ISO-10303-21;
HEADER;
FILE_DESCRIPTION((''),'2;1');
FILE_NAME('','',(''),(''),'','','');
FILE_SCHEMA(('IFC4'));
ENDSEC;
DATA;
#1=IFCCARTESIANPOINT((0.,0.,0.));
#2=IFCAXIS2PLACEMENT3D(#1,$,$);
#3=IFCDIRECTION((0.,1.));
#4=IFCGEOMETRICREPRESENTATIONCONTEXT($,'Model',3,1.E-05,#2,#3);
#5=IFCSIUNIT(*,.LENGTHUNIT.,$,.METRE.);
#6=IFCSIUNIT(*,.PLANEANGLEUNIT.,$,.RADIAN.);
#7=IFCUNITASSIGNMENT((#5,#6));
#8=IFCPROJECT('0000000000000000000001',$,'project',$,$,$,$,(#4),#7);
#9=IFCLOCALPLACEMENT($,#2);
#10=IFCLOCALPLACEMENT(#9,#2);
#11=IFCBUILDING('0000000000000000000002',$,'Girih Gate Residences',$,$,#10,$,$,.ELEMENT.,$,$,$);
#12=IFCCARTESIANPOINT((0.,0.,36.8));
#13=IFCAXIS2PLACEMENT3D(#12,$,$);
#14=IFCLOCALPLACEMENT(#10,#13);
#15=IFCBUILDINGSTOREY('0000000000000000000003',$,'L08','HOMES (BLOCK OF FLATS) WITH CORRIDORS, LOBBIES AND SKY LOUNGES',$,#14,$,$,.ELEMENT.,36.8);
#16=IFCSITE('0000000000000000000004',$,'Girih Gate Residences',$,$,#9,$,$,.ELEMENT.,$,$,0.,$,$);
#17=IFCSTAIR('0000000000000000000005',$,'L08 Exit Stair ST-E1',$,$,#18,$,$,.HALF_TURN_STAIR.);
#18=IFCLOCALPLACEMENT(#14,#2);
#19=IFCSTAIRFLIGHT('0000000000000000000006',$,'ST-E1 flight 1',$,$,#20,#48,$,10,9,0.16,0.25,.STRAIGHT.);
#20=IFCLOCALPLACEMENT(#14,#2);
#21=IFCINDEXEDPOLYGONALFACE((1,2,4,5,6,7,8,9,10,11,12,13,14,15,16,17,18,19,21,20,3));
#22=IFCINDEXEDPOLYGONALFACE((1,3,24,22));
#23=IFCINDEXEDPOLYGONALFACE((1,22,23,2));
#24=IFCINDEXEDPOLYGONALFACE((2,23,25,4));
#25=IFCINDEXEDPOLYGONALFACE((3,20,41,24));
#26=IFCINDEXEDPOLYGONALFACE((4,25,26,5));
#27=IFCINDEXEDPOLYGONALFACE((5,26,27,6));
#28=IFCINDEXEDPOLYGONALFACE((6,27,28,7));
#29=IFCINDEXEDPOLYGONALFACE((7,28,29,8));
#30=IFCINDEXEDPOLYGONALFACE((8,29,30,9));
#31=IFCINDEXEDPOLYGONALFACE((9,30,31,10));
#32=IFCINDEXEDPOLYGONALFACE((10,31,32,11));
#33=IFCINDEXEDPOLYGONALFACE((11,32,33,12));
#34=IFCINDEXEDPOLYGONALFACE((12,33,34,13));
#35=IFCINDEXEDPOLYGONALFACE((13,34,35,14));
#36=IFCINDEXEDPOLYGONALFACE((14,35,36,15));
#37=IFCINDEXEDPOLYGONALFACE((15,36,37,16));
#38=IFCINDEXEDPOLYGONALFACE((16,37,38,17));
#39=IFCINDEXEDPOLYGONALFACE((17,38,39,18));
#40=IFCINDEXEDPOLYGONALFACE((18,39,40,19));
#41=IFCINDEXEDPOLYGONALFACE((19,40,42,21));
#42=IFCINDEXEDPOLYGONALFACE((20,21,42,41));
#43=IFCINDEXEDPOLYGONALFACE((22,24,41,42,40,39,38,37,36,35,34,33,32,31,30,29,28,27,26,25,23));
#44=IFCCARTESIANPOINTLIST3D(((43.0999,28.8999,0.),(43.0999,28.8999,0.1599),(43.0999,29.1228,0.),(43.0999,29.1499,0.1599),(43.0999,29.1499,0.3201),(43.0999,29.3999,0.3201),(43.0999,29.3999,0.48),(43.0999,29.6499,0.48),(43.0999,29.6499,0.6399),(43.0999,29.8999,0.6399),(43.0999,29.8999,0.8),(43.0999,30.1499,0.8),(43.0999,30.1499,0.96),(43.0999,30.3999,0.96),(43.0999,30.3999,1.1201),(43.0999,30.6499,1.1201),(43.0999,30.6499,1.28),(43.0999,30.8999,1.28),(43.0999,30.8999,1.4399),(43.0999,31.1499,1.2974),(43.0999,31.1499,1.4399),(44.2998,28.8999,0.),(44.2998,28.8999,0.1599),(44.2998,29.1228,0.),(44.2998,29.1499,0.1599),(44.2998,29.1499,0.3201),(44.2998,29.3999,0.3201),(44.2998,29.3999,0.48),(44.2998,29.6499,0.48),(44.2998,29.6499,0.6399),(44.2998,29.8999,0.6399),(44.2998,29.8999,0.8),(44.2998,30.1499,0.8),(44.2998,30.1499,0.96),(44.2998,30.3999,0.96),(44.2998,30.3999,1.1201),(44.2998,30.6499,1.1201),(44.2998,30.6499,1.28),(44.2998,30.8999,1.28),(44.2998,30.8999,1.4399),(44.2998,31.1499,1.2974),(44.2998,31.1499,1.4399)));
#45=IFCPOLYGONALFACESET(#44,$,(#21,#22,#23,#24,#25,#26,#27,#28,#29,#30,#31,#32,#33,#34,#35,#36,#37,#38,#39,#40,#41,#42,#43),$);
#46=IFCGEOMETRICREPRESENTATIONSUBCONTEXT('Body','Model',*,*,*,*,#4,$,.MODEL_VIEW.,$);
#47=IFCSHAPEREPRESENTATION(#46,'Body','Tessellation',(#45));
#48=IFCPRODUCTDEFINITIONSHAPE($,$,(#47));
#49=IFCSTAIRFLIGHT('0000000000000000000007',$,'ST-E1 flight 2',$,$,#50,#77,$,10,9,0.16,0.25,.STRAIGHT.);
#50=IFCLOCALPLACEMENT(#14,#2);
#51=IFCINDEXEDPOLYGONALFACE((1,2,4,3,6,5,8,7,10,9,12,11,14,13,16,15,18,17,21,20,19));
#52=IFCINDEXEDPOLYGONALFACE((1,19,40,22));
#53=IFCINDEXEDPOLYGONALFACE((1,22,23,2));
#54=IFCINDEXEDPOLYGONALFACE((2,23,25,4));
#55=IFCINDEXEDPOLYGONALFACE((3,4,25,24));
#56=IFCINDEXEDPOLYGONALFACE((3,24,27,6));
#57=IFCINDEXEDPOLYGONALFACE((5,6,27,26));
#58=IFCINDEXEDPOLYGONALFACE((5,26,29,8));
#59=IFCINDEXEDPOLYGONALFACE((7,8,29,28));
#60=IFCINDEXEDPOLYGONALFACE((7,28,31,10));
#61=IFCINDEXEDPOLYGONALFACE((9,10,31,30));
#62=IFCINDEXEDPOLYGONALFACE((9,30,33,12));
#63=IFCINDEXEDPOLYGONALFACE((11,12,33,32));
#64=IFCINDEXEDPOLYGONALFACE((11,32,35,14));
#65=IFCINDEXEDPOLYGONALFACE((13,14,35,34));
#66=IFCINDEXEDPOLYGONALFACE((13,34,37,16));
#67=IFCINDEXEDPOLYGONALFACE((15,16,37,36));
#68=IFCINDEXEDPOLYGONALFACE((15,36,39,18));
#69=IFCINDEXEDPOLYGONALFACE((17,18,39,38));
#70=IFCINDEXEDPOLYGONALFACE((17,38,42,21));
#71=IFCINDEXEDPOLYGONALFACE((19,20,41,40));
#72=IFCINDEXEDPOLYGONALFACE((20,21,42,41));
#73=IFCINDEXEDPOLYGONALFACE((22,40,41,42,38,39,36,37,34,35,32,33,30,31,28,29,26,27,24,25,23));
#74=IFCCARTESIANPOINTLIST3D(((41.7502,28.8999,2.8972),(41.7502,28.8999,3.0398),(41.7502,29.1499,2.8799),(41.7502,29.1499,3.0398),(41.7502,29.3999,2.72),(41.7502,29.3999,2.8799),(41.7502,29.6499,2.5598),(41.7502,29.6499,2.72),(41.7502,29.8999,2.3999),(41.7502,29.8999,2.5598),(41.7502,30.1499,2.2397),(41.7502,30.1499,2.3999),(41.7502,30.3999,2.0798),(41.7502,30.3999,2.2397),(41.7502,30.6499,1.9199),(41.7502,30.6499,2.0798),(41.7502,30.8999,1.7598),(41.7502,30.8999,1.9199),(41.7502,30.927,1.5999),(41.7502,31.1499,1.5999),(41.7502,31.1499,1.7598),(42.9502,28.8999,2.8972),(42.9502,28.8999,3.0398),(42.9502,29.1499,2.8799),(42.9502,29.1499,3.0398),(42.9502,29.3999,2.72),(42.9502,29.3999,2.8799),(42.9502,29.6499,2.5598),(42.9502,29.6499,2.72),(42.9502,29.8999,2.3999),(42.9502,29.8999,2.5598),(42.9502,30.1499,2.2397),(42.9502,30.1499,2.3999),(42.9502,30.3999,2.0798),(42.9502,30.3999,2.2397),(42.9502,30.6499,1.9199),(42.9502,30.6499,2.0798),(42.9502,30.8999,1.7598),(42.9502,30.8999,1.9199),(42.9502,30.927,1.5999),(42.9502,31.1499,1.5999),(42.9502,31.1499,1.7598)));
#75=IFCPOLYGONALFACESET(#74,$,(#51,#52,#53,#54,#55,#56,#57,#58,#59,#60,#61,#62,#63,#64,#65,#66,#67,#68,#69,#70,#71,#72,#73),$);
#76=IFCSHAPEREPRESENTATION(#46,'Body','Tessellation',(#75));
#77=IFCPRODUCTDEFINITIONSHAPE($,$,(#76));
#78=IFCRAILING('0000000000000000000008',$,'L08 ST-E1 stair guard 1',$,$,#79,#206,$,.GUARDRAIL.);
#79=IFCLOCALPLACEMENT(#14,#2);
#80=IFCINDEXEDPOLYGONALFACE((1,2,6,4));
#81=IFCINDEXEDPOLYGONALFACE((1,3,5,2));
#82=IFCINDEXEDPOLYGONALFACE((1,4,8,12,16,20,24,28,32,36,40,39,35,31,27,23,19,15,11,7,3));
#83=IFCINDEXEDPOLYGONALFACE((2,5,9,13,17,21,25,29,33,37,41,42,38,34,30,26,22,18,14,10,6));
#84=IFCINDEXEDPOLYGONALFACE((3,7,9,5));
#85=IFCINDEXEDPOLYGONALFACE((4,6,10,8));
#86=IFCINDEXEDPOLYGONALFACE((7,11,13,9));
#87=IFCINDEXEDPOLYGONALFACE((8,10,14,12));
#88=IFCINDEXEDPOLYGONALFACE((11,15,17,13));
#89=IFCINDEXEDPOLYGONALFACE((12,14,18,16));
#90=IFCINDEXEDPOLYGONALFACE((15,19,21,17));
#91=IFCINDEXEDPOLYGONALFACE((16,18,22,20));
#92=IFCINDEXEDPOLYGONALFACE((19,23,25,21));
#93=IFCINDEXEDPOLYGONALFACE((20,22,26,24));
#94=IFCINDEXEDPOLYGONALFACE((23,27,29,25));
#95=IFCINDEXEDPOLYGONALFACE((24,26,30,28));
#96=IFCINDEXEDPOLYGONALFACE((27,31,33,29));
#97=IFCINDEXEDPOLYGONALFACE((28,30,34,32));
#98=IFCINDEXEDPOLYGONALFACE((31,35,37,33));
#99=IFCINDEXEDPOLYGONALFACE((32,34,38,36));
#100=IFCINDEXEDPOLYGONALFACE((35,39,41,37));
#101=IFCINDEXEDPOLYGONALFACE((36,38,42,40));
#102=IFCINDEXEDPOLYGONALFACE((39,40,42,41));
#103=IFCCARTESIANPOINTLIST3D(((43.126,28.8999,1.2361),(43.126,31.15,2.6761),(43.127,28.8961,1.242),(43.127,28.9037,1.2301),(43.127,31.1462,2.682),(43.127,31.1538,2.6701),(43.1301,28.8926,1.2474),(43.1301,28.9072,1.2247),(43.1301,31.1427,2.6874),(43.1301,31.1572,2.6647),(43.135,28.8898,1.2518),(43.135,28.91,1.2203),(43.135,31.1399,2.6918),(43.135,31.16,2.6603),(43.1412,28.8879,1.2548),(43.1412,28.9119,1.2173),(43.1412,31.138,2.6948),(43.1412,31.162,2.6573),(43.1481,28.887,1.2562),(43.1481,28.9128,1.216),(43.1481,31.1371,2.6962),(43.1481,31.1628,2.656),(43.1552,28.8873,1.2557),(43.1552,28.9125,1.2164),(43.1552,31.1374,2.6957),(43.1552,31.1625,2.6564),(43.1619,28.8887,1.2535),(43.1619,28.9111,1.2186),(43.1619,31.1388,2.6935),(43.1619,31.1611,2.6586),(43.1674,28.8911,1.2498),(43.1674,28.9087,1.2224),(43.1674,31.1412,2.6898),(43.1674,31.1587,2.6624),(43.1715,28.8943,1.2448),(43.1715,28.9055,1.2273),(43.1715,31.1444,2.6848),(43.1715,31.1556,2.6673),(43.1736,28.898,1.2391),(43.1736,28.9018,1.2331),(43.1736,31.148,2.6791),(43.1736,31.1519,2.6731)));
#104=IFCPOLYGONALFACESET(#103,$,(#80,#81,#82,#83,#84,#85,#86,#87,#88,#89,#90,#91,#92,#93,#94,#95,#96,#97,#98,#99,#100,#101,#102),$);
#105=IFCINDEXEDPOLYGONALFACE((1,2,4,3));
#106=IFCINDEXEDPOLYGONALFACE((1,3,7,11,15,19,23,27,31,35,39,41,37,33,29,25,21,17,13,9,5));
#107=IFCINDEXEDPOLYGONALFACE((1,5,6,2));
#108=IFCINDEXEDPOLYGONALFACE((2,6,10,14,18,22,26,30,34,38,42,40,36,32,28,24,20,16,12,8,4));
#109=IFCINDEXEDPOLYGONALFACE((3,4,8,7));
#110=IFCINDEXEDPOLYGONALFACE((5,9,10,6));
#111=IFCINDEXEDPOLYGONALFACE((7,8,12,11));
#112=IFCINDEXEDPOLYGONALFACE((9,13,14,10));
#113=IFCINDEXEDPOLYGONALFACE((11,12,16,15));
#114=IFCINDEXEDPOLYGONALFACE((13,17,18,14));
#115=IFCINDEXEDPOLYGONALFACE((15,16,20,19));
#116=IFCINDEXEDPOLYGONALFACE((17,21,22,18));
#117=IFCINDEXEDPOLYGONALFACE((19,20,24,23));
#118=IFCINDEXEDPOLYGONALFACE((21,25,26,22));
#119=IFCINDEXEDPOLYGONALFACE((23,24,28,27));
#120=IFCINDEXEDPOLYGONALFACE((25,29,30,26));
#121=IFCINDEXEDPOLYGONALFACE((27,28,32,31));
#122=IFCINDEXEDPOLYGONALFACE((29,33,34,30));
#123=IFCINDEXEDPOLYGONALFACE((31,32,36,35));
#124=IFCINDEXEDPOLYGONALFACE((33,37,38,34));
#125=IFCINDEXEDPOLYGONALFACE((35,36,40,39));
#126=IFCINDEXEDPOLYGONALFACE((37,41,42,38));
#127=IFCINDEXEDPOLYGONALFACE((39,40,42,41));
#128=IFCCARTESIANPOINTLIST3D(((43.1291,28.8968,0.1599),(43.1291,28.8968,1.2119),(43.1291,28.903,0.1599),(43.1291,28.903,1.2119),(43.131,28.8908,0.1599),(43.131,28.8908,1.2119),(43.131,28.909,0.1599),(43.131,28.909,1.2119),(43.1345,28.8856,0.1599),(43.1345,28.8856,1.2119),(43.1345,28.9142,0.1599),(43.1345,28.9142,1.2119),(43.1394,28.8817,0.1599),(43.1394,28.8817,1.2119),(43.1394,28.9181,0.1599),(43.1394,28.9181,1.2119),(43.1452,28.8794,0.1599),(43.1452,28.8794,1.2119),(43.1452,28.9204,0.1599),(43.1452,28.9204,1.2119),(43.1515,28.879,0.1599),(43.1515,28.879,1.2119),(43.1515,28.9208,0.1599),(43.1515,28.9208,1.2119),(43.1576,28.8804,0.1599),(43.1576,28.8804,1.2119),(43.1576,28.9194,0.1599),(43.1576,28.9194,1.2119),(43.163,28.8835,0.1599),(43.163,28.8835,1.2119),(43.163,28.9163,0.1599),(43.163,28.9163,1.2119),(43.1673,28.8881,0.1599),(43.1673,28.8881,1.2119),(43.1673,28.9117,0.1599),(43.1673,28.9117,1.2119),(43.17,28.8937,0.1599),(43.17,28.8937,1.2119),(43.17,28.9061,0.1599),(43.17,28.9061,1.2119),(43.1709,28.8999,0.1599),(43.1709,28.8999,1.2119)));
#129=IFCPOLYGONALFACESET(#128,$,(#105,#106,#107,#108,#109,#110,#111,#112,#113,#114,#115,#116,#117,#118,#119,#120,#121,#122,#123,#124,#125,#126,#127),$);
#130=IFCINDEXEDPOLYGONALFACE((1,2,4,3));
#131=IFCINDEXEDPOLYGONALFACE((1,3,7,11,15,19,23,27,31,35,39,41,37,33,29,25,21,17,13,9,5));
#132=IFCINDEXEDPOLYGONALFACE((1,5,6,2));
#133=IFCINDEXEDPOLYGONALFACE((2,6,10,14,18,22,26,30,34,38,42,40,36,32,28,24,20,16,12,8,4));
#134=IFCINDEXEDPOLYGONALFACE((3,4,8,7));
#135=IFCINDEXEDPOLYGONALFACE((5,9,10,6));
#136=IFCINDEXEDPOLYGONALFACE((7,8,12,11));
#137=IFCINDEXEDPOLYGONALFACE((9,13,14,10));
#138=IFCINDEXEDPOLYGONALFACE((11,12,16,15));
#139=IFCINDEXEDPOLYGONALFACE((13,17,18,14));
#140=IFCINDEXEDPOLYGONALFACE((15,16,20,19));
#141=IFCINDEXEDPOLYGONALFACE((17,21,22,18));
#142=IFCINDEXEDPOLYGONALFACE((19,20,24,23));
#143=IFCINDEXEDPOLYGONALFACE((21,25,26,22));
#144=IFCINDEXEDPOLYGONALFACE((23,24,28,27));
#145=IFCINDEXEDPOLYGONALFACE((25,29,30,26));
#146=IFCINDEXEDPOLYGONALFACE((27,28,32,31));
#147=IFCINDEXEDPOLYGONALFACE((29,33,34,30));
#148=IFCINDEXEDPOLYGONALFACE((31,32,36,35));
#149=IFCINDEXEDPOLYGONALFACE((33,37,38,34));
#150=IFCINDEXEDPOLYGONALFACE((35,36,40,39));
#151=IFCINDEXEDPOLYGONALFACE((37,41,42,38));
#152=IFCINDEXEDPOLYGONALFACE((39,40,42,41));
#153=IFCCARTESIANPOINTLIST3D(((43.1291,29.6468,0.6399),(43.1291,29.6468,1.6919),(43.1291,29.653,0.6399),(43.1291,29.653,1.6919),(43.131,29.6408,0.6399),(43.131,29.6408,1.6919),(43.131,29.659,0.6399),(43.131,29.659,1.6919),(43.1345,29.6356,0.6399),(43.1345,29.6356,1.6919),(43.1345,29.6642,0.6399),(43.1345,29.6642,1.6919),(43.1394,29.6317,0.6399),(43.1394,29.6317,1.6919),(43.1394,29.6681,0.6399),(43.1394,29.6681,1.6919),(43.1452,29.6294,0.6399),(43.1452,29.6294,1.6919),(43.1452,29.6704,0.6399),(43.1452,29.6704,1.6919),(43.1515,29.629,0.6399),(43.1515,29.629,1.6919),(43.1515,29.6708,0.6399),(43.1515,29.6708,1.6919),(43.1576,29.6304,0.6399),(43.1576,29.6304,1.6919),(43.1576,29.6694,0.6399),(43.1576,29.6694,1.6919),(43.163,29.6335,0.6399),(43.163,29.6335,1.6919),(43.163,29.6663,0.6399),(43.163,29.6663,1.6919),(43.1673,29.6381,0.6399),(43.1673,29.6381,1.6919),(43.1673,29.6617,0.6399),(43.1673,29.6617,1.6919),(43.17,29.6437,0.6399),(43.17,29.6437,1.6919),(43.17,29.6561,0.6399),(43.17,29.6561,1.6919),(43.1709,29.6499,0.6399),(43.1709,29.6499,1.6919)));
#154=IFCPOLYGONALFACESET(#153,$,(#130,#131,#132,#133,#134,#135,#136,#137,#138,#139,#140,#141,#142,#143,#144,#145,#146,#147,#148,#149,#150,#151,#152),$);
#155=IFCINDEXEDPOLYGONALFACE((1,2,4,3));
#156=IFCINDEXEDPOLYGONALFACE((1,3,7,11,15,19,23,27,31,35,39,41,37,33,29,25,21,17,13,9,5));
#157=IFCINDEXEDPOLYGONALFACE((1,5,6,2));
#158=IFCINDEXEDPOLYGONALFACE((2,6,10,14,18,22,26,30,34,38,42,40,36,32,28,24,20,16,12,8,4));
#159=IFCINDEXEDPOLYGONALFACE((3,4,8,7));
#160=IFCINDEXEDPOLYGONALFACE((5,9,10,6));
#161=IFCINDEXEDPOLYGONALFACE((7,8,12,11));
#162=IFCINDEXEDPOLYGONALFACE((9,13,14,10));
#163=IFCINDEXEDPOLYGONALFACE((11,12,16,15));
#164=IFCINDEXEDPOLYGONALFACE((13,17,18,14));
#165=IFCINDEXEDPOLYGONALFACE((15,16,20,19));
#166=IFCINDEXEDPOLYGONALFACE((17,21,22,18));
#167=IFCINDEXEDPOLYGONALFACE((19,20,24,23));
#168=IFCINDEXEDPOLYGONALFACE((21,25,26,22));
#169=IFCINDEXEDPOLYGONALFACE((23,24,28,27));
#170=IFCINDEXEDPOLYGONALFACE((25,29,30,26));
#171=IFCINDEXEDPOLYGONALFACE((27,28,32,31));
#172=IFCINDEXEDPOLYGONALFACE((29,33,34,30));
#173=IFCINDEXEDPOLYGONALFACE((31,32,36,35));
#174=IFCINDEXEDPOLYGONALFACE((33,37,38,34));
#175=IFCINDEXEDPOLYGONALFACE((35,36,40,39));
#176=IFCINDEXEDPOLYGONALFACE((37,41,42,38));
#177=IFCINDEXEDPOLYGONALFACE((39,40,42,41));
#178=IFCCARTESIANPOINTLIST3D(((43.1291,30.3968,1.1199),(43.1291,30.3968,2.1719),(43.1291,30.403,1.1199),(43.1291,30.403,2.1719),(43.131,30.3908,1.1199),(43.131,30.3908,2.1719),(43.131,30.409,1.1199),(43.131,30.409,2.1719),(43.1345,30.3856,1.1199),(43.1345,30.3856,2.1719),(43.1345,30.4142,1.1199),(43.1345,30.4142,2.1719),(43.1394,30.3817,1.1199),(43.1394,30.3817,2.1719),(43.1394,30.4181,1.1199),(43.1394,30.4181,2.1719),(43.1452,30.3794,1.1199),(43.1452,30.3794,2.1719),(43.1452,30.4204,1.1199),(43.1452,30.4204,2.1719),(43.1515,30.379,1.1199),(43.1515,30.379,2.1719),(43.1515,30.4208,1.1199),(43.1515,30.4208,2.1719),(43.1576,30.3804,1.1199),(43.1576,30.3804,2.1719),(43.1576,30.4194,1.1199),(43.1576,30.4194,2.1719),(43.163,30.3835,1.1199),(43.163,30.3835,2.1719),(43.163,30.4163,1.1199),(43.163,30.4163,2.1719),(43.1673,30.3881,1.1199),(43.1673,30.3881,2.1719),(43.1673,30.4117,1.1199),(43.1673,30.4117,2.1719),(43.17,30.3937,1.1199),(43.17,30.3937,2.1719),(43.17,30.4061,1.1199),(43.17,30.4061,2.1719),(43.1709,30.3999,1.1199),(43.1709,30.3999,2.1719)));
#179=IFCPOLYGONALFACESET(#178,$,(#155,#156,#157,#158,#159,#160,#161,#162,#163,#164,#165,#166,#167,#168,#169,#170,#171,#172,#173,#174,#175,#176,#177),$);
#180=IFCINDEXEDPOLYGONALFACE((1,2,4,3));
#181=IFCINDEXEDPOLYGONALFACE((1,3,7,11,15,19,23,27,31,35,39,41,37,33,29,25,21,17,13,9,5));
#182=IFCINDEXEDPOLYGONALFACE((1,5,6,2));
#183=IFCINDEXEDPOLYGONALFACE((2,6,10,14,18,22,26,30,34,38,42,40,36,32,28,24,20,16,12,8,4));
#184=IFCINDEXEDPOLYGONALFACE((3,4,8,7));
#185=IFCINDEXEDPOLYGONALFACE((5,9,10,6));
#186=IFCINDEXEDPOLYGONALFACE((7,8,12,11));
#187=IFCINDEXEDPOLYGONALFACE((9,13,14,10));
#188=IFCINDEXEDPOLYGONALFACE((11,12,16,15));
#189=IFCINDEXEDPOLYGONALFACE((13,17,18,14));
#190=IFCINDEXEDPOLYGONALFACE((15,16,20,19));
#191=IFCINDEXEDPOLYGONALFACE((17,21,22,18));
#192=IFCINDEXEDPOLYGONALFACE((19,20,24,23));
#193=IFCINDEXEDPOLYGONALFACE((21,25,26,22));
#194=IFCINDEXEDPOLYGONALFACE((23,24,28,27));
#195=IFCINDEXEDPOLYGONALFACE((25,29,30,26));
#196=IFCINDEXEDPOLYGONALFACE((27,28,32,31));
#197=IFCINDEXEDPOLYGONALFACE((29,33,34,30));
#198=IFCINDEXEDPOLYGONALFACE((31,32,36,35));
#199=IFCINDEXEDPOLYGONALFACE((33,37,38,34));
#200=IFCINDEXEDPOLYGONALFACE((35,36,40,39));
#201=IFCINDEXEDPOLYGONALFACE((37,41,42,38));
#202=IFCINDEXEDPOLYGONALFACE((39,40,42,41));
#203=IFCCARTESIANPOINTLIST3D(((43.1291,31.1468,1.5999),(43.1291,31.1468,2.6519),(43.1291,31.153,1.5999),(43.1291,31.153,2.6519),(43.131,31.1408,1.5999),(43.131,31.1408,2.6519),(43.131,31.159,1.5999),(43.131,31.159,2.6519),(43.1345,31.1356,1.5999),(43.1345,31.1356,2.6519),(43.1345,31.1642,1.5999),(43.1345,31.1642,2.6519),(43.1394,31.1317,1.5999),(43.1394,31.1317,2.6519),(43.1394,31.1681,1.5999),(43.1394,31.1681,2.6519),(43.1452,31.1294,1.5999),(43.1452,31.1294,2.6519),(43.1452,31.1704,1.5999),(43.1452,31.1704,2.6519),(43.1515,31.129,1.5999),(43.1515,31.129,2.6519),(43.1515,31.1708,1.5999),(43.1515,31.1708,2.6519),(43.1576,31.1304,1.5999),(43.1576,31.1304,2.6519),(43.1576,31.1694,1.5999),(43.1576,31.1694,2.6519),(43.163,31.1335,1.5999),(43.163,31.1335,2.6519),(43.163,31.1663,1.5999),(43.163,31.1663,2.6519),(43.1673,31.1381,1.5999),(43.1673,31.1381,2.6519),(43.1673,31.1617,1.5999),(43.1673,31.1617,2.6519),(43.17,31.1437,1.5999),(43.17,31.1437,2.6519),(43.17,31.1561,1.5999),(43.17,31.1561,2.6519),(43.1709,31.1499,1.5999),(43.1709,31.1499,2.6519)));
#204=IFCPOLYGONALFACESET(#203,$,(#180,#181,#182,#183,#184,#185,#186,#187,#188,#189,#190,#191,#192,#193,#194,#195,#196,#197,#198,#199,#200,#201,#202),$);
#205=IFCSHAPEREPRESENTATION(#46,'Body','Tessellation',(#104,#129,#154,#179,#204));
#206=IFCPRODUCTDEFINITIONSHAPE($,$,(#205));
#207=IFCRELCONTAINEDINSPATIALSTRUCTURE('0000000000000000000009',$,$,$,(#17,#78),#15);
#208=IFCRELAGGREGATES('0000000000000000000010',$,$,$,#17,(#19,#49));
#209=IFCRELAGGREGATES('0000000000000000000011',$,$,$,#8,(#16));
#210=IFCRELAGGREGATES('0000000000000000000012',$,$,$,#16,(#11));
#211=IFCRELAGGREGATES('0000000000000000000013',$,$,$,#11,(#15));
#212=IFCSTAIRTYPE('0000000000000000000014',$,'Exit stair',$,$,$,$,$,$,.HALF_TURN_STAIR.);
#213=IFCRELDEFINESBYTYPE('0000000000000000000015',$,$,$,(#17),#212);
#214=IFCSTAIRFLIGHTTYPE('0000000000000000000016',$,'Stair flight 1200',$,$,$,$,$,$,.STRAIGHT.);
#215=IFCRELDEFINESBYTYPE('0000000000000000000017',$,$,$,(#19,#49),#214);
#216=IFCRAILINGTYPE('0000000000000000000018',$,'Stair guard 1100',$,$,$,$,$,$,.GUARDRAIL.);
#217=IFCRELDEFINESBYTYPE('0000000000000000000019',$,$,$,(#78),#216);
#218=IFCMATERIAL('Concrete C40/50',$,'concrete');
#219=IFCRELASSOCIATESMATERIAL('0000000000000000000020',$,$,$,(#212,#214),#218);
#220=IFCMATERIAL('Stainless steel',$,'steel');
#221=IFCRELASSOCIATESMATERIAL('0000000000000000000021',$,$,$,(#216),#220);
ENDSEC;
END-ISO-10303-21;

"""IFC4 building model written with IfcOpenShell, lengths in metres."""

from ifc_helpers import new_model, si_unit, direction, frame, origin, origin_2d, place, context, subcontext, project, spatial, polyline, circle, outline, extrude, material, type_object, element, aggregate, save


model = new_model("IFC4")

# Units and contexts
model_context = context("Model", 3, precision=1e-05, world=origin(), true_north=direction((0.0, 1.0)))
body_context = subcontext(model_context, "Body", "Model", "MODEL_VIEW")
ifc_project = project(units=[si_unit("LENGTHUNIT", "METRE"), si_unit("PLANEANGLEUNIT", "RADIAN")], contexts=[model_context])

# Site, building, storey
site_placement = place(None, origin())
site = spatial("IfcSite", under=ifc_project, at=site_placement, Name="Girih Gate Residences", CompositionType="ELEMENT", RefElevation=0.0)
building_placement = place(site_placement, origin())
building = spatial("IfcBuilding", under=site, at=building_placement, Name="Girih Gate Residences", CompositionType="ELEMENT")
storey_placement = place(building_placement, frame((0.0, 0.0, 36.8)))
storey = spatial("IfcBuildingStorey", under=building, at=storey_placement, Name="L08", Description="HOMES (BLOCK OF FLATS) WITH CORRIDORS, LOBBIES AND SKY LOUNGES", CompositionType="ELEMENT", Elevation=36.8)

# Shared definitions
ifc_material_1 = material(Name="Concrete C40/50", Category="concrete")

# Stair, stair flights
stair_type = type_object("IfcStairType", Name="Exit stair", PredefinedType="HALF_TURN_STAIR", material=ifc_material_1)
stair_placement = place(storey_placement, origin())
stair = element("IfcStair", 1, at=stair_placement, inside=storey, type_object=stair_type, Name="L08 Exit Stair ST-E1", PredefinedType="HALF_TURN_STAIR")
stair_flight_type = type_object("IfcStairFlightType", Name="Stair flight 1200", PredefinedType="STRAIGHT", material=ifc_material_1)
stair_flight_1_placement = place(storey_placement, frame((43.7, 28.8999, 0.0), z_axis=(0.0, 0.0, 1.0), x_axis=(0.0, 1.0, 0.0)))
stair_flight_1 = element("IfcStairFlight", 2, at=stair_flight_1_placement, type_object=stair_flight_type, Name="ST-E1 flight 1", NumberOfRisers=10, NumberOfTreads=9, PredefinedType="STRAIGHT", RiserHeight=0.16, TreadLength=0.25, context=body_context, shape_type="SweptSolid", body=[
    extrude(outline(polyline([(0.0, 0.0), (0.0, 0.1599), (0.25, 0.1599), (0.25, 0.3201), (0.5, 0.3201), (0.5, 0.48), (0.75, 0.48), (0.75, 0.6399), (1.0, 0.6399), (1.0, 0.8), (1.25, 0.8), (1.25, 0.96), (1.5, 0.96), (1.5, 1.1201), (1.75, 1.1201), (1.75, 1.28), (2.0, 1.28), (2.0, 1.4399), (2.25, 1.4399), (2.25, 1.6001), (2.25, 1.2974), (0.2229, 0.0), (0.0, 0.0)])), frame((0.0, 0.6001, 0.0), z_axis=(0.0, -1.0, 0.0), x_axis=(1.0, 0.0, 0.0)), (0.0, 0.0, 1.0), 1.2),
])
stair_flight_2_placement = place(storey_placement, frame((42.3501, 31.1499, 1.5999), z_axis=(0.0, 0.0, 1.0), x_axis=(0.0, -1.0, 0.0)))
stair_flight_2 = element("IfcStairFlight", 3, at=stair_flight_2_placement, type_object=stair_flight_type, Name="ST-E1 flight 2", NumberOfRisers=10, NumberOfTreads=9, PredefinedType="STRAIGHT", RiserHeight=0.16, TreadLength=0.25, context=body_context, shape_type="SweptSolid", body=[
    extrude(outline(polyline([(0.0, 0.0), (0.0, 0.1599), (0.25, 0.1599), (0.25, 0.3201), (0.5, 0.3201), (0.5, 0.48), (0.75, 0.48), (0.75, 0.6399), (1.0, 0.6399), (1.0, 0.8), (1.25, 0.8), (1.25, 0.96), (1.5, 0.96), (1.5, 1.1201), (1.75, 1.1201), (1.75, 1.28), (2.0, 1.28), (2.0, 1.4399), (2.25, 1.4399), (2.25, 1.6001), (2.25, 1.2974), (0.2229, 0.0), (0.0, 0.0)])), frame((0.0, 0.6001, 0.0), z_axis=(0.0, -1.0, 0.0), x_axis=(1.0, 0.0, 0.0)), (0.0, 0.0, 1.0), 1.2),
])
aggregate(stair, [stair_flight_1, stair_flight_2])

# Railing
ifc_material_2 = material(Name="Stainless steel", Category="steel")
railing_type_1 = type_object("IfcRailingType", Name="Stair guard 1100", PredefinedType="GUARDRAIL", material=ifc_material_2)
railing_1_placement = place(storey_placement, frame((43.1499, 28.8999, 0.1599)))
element("IfcRailing", 4, at=railing_1_placement, inside=storey, type_object=railing_type_1, Name="L08 ST-E1 stair guard 1", PredefinedType="GUARDRAIL", context=body_context, shape_type="SweptSolid", body=[
    extrude(circle(Radius=0.0239, at=origin_2d()), frame((0.0, 0.0, 1.0762), z_axis=(0.0, 0.842281, 0.539038), x_axis=(-1.0, 0.0, 0.0)), (0.0, 0.0, 1.0), 2.6714),
    extrude(circle(Radius=0.021, at=origin_2d()), origin(), (0.0, 0.0, 1.0), 1.052),
    extrude(circle(Radius=0.021, at=origin_2d()), frame((0.0, 0.75, 0.48)), (0.0, 0.0, 1.0), 1.052),
    extrude(circle(Radius=0.021, at=origin_2d()), frame((0.0, 1.5, 0.96)), (0.0, 0.0, 1.0), 1.052),
    extrude(circle(Radius=0.021, at=origin_2d()), frame((0.0, 2.25, 1.4399)), (0.0, 0.0, 1.0), 1.052),
])

save(model, "model.ifc")
